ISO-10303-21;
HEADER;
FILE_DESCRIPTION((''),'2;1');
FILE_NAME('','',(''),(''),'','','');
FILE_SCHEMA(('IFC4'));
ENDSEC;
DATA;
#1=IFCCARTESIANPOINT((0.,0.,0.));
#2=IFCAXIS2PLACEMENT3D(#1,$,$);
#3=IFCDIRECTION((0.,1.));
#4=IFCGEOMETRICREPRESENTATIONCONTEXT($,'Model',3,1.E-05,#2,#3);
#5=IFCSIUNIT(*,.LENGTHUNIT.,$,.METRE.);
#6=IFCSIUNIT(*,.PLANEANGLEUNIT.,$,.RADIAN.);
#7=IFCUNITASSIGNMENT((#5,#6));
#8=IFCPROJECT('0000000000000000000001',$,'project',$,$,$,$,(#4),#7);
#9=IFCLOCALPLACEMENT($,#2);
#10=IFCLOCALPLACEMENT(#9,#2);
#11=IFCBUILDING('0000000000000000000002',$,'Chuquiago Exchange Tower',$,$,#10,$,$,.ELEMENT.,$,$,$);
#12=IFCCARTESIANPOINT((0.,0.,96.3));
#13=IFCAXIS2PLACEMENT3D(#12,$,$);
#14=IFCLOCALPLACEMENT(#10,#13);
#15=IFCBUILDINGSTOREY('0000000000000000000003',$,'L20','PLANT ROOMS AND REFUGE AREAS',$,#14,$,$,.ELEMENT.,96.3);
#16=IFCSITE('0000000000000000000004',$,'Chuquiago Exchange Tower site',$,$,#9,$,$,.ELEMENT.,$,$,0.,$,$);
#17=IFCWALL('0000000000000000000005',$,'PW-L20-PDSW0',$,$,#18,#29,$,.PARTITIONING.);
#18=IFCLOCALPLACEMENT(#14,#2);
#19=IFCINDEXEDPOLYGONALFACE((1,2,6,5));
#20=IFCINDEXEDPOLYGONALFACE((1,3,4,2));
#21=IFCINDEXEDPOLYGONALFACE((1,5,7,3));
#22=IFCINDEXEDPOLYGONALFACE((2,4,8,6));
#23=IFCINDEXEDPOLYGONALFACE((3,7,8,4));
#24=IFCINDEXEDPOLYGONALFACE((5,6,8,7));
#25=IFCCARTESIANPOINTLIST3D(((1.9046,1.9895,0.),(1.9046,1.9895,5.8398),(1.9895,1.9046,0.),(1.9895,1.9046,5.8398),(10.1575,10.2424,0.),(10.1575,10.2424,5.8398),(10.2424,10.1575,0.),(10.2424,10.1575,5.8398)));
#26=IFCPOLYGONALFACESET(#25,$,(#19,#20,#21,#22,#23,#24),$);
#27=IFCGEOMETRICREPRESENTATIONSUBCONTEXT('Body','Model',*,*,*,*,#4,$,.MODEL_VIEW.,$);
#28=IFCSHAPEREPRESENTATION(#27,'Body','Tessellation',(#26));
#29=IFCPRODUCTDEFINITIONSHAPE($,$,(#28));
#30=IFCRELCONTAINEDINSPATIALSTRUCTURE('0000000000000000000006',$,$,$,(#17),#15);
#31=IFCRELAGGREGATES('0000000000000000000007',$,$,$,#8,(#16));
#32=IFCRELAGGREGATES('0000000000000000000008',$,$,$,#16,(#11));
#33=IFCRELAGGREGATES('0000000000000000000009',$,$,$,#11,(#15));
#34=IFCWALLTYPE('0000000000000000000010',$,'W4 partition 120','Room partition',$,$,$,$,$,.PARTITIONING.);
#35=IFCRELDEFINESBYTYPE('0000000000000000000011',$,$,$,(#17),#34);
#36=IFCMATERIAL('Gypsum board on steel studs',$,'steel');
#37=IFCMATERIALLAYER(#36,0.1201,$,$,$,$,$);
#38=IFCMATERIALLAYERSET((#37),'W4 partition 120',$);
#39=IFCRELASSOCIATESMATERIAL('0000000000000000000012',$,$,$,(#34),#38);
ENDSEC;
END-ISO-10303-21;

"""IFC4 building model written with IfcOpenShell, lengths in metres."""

from ifc_helpers import new_model, si_unit, direction, frame, frame_2d, origin, place, context, subcontext, project, spatial, rectangle, extrude, material, layer, layer_set, type_object, element, save


model = new_model("IFC4")

# Units and contexts
model_context = context("Model", 3, precision=1e-05, world=origin(), true_north=direction((0.0, 1.0)))
body_context = subcontext(model_context, "Body", "Model", "MODEL_VIEW")
ifc_project = project(units=[si_unit("LENGTHUNIT", "METRE"), si_unit("PLANEANGLEUNIT", "RADIAN")], contexts=[model_context])

# Site, building, storey
site_placement = place(None, origin())
site = spatial("IfcSite", under=ifc_project, at=site_placement, Name="Chuquiago Exchange Tower site", CompositionType="ELEMENT", RefElevation=0.0)
building_placement = place(site_placement, origin())
building = spatial("IfcBuilding", under=site, at=building_placement, Name="Chuquiago Exchange Tower", CompositionType="ELEMENT")
storey_placement = place(building_placement, frame((0.0, 0.0, 96.3)))
storey = spatial("IfcBuildingStorey", under=building, at=storey_placement, Name="L20", Description="PLANT ROOMS AND REFUGE AREAS", CompositionType="ELEMENT", Elevation=96.3)

# Wall
ifc_material_1 = material(Name="Gypsum board on steel studs", Category="steel")
ifc_layer_1 = layer(ifc_material_1, 0.1201)
ifc_layer_set_1 = layer_set([ifc_layer_1], Name="W4 partition 120")
wall_type_1 = type_object("IfcWallType", Name="W4 partition 120", Description="Room partition", PredefinedType="PARTITIONING", material=ifc_layer_set_1)
wall_1_placement = place(storey_placement, frame((10.2, 10.2, 0.0), z_axis=(0.0, 0.0, 1.0), x_axis=(-0.707107, -0.707107, 0.0)))
element("IfcWall", 1, at=wall_1_placement, inside=storey, type_object=wall_type_1, Name="PW-L20-PDSW0", PredefinedType="PARTITIONING", context=body_context, shape_type="SweptSolid", body=[
    extrude(rectangle(XDim=11.6714, YDim=0.1201, at=frame_2d((5.8357, 0.0))), origin(), (0.0, 0.0, 1.0), 5.8398),
])

save(model, "model.ifc")
